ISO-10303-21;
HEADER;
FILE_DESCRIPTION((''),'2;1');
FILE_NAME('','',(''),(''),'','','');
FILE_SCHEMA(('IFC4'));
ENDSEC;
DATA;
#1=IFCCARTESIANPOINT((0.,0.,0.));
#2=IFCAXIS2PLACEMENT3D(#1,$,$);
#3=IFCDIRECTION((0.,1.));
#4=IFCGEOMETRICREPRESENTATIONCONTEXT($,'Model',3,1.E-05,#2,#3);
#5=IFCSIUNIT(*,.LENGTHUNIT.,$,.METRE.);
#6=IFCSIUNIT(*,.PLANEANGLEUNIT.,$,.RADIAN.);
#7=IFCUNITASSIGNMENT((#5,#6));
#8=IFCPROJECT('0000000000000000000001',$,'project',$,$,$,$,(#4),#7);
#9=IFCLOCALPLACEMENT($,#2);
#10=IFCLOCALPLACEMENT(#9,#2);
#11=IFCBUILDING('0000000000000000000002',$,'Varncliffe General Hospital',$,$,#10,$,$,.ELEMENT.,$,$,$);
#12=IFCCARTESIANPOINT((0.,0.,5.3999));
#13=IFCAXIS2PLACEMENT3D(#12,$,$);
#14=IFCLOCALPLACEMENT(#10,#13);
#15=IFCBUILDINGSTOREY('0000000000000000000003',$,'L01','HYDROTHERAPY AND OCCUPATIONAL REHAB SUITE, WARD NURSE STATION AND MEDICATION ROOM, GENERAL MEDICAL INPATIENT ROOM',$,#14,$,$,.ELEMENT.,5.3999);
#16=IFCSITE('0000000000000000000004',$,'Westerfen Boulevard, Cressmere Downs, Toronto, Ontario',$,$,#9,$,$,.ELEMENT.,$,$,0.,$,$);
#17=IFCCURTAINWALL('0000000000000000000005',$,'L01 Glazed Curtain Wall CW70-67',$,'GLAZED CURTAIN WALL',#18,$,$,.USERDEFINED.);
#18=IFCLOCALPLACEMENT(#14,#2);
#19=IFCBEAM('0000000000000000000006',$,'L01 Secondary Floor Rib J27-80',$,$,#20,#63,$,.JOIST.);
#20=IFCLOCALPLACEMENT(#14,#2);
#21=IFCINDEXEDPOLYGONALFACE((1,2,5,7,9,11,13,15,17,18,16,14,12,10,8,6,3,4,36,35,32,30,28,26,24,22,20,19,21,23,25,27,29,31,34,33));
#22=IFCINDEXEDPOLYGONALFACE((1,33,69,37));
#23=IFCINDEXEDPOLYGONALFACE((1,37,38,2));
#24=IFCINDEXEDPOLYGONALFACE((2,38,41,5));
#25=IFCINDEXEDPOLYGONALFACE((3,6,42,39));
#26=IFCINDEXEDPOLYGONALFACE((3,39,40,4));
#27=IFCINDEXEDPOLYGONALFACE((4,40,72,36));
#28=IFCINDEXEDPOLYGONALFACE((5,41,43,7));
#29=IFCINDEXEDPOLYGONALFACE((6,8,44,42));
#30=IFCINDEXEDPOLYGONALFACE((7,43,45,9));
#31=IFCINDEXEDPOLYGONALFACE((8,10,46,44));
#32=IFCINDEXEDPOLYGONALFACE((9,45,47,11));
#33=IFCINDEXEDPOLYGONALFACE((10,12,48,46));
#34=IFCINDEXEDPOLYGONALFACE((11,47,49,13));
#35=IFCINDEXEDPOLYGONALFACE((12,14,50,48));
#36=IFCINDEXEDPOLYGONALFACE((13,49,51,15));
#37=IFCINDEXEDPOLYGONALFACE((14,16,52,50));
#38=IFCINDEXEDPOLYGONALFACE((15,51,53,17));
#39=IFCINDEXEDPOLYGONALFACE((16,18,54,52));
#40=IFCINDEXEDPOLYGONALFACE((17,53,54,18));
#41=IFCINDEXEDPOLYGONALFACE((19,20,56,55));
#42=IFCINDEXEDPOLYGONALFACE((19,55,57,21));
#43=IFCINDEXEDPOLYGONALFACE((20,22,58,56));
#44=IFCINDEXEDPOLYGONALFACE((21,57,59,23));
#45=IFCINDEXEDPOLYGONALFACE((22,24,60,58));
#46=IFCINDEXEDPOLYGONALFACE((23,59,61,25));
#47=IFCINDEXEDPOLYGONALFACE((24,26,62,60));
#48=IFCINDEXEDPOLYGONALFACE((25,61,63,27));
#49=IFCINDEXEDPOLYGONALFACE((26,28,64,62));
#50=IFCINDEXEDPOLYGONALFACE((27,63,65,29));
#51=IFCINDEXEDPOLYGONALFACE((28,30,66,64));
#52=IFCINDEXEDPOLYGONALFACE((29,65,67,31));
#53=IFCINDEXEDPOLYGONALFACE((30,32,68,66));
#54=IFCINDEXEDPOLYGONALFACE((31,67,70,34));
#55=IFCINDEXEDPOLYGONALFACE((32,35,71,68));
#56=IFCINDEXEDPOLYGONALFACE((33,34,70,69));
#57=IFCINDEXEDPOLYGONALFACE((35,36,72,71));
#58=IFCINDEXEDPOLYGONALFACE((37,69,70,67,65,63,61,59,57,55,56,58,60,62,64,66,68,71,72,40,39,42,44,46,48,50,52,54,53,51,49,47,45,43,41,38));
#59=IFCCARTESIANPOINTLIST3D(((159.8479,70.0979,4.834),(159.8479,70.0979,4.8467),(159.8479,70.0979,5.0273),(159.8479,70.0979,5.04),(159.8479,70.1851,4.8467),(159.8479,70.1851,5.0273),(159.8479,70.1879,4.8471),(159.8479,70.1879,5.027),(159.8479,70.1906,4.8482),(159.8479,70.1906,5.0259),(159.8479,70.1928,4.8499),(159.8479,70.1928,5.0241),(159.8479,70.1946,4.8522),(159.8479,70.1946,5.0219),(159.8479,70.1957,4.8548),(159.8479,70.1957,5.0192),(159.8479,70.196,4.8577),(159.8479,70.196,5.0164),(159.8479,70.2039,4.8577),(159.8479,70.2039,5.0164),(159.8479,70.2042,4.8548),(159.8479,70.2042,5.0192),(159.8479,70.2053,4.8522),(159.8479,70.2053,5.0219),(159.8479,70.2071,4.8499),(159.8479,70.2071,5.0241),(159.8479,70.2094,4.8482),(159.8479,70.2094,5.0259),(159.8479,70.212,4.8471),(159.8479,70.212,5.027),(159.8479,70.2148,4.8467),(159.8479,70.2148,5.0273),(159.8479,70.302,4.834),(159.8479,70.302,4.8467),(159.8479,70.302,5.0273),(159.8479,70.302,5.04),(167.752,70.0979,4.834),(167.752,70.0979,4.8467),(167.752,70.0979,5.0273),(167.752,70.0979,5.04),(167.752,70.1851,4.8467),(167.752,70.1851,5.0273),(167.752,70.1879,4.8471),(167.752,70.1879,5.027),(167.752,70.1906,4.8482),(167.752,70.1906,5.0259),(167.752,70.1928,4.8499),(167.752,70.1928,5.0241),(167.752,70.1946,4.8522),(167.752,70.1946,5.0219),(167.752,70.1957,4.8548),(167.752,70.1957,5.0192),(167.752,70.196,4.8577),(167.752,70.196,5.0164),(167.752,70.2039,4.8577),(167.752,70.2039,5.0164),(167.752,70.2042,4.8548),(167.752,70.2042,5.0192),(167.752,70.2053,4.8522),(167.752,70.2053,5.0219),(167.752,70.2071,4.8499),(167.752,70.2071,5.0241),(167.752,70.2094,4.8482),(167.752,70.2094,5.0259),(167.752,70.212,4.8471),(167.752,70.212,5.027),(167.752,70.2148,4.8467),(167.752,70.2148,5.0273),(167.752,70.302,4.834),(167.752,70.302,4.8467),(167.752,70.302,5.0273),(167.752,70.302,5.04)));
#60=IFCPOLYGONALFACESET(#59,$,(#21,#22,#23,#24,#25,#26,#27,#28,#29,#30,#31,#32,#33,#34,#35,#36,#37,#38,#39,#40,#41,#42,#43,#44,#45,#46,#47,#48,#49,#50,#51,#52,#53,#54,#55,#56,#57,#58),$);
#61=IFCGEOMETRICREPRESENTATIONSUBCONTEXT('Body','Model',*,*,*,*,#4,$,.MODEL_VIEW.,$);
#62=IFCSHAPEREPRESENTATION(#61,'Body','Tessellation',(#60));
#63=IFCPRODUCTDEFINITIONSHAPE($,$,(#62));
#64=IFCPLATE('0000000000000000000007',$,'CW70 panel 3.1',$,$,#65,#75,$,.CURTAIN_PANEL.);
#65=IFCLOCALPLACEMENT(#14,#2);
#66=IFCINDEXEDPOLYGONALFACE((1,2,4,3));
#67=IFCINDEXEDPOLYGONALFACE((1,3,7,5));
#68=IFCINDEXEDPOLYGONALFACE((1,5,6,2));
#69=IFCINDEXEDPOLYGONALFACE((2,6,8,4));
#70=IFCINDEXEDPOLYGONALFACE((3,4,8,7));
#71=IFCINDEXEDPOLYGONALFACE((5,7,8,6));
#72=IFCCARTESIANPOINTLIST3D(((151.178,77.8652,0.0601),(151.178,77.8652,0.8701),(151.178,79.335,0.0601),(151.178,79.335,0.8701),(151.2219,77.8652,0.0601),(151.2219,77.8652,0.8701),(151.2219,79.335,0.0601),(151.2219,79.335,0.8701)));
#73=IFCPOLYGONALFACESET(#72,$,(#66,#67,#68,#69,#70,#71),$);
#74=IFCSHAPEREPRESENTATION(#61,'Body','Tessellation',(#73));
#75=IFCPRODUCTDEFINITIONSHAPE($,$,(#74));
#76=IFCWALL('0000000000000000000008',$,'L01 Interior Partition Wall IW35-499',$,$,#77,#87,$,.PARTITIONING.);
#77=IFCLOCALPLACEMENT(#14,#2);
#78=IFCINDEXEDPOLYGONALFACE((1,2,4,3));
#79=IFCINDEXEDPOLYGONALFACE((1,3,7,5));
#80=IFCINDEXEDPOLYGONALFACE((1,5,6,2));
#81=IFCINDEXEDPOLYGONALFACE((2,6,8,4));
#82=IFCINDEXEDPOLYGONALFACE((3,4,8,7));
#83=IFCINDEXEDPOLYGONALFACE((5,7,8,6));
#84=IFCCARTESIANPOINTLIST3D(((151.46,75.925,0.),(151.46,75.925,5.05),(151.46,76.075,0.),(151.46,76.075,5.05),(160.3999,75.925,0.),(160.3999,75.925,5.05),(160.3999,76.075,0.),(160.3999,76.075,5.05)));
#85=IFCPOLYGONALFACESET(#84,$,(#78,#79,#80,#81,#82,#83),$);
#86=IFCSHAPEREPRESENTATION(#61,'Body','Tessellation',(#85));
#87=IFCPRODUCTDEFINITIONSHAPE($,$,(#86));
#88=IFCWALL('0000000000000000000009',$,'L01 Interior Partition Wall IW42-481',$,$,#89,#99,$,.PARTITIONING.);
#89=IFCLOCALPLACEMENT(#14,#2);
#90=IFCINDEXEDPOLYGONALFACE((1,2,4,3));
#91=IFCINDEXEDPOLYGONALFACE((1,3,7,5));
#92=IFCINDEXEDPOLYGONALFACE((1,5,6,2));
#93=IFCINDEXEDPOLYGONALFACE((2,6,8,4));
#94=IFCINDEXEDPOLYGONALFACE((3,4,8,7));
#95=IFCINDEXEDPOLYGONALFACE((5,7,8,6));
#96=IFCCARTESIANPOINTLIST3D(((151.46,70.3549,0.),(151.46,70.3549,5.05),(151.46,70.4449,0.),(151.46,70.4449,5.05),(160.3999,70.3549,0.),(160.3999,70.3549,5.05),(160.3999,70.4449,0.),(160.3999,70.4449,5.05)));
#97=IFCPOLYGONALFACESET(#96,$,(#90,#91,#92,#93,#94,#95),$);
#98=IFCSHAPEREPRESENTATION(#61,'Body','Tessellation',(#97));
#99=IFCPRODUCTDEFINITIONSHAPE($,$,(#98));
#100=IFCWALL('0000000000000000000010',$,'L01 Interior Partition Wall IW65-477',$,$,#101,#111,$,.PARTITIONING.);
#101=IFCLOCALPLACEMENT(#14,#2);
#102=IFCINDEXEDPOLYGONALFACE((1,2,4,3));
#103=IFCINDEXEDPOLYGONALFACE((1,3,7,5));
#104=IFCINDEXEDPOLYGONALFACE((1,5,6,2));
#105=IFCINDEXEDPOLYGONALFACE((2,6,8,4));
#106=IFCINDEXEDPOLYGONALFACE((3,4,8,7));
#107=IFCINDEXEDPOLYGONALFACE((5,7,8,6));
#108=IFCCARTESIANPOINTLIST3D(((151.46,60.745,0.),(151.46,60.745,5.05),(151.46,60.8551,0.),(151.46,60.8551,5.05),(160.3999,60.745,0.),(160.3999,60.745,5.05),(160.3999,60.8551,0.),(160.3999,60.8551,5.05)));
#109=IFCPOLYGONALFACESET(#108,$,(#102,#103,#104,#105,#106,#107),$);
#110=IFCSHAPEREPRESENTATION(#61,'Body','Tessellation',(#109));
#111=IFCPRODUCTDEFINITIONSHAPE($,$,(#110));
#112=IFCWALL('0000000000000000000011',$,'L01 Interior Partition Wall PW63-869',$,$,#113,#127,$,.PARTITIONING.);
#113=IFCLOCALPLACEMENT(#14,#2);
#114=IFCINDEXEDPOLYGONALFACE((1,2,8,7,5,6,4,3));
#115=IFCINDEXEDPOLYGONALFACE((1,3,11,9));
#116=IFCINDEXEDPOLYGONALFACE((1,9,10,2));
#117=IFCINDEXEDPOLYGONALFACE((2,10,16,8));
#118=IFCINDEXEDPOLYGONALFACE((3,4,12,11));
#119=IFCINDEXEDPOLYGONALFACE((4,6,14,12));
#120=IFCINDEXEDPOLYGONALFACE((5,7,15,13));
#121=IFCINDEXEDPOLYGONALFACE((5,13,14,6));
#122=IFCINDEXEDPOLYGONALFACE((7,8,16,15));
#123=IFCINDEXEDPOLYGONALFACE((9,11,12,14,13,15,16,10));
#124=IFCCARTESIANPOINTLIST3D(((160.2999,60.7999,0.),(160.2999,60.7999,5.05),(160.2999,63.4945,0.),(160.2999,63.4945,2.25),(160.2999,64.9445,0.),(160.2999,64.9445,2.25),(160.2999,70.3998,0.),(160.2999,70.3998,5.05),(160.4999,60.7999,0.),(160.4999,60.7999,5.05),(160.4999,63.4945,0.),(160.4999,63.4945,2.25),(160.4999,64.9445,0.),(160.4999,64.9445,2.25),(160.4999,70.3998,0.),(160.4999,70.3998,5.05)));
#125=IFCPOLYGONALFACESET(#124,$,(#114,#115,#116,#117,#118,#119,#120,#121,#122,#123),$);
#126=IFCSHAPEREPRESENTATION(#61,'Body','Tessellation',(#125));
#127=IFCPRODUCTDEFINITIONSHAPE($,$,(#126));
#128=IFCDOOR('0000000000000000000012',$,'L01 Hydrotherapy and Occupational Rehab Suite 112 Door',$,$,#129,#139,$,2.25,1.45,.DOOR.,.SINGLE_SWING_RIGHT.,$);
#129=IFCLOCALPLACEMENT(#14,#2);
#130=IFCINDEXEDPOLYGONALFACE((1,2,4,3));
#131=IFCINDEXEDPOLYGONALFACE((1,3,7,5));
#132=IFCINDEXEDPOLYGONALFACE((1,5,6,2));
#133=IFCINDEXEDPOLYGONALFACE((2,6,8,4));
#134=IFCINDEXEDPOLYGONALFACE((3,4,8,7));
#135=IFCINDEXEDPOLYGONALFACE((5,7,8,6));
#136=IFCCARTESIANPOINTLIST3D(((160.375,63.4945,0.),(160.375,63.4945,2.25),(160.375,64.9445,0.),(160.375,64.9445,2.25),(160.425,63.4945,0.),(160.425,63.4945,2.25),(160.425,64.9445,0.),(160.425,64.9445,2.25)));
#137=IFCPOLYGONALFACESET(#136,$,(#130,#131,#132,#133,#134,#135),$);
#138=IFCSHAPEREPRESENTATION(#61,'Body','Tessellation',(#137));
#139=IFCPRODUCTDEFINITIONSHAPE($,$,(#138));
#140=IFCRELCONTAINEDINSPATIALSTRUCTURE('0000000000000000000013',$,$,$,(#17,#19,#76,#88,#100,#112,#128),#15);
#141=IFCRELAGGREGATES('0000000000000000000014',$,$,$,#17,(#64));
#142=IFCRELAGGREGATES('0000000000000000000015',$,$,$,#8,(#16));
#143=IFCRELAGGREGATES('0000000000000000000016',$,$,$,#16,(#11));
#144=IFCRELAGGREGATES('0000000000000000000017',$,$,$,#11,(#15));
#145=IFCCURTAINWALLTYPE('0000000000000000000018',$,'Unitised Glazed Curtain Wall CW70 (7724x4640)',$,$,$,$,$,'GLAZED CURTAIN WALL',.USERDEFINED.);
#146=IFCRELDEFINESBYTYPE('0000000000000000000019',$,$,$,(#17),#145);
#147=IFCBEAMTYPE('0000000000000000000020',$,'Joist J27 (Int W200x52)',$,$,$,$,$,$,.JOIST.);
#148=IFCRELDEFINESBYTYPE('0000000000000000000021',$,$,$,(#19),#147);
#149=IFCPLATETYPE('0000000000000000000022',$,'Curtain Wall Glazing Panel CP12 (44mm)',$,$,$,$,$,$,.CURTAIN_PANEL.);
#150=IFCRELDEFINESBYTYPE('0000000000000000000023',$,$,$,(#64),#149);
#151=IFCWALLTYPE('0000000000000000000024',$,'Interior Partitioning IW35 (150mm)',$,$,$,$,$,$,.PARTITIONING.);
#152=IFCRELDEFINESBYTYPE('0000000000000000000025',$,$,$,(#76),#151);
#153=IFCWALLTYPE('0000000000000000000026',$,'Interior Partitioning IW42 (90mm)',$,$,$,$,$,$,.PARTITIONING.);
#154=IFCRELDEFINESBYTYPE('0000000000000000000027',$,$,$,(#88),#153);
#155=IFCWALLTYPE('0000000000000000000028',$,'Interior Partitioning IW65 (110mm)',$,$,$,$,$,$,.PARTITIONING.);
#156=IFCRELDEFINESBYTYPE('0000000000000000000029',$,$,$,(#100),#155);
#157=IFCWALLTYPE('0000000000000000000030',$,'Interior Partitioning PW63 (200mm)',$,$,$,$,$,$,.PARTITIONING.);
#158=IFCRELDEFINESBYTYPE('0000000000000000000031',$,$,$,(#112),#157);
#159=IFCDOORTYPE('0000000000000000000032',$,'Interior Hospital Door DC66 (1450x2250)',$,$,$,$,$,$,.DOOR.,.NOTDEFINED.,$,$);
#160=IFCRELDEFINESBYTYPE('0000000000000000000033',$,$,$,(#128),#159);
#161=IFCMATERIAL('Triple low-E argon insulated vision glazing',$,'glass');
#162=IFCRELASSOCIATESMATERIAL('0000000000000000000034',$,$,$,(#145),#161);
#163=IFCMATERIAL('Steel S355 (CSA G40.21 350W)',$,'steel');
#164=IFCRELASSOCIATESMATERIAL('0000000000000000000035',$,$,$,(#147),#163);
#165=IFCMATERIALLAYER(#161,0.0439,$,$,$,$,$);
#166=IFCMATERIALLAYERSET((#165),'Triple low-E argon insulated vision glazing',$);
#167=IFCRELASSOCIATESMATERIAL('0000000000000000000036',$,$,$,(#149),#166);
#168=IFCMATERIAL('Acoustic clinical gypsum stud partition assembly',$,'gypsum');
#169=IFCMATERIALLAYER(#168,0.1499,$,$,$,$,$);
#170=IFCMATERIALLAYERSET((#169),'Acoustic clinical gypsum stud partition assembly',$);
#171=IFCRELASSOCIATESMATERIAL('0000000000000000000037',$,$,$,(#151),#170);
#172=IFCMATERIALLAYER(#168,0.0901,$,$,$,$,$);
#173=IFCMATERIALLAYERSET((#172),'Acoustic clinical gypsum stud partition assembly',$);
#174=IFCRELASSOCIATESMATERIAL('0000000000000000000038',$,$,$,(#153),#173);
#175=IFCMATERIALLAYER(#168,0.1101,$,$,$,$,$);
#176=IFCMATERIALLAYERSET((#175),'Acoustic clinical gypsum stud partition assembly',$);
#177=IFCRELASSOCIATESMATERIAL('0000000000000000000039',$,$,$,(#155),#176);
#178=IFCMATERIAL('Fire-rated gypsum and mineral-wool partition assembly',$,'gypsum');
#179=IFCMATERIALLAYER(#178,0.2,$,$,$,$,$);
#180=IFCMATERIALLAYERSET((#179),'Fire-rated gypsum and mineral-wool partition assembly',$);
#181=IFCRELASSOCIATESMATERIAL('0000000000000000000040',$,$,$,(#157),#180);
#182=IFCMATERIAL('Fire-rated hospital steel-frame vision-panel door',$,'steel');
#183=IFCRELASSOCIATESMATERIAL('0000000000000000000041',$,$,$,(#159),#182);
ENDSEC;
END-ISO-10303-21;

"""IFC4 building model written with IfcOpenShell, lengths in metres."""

from ifc_helpers import new_model, si_unit, direction, frame, frame_2d, origin, origin_2d, place, context, subcontext, project, spatial, rectangle, i_section, extrude, material, layer, layer_set, material_profile, profile_set, type_object, element, fill, aggregate, save


model = new_model("IFC4")

# Units and contexts
model_context = context("Model", 3, precision=1e-05, world=origin(), true_north=direction((0.0, 1.0)))
body_context = subcontext(model_context, "Body", "Model", "MODEL_VIEW")
ifc_project = project(units=[si_unit("LENGTHUNIT", "METRE"), si_unit("PLANEANGLEUNIT", "RADIAN")], contexts=[model_context])

# Site, building, storey
site_placement = place(None, origin())
site = spatial("IfcSite", under=ifc_project, at=site_placement, Name="Westerfen Boulevard, Cressmere Downs, Toronto, Ontario", CompositionType="ELEMENT", RefElevation=0.0)
building_placement = place(site_placement, origin())
building = spatial("IfcBuilding", under=site, at=building_placement, Name="Varncliffe General Hospital", CompositionType="ELEMENT")
storey_placement = place(building_placement, frame((0.0, 0.0, 5.3999)))
storey = spatial("IfcBuildingStorey", under=building, at=storey_placement, Name="L01", Description="HYDROTHERAPY AND OCCUPATIONAL REHAB SUITE, WARD NURSE STATION AND MEDICATION ROOM, GENERAL MEDICAL INPATIENT ROOM", CompositionType="ELEMENT", Elevation=5.3999)

# Curtain wall
ifc_material_1 = material(Name="Triple low-E argon insulated vision glazing", Category="glass")
curtain_wall_type = type_object("IfcCurtainWallType", Name="Unitised Glazed Curtain Wall CW70 (7724x4640)", ElementType="GLAZED CURTAIN WALL", PredefinedType="USERDEFINED", material=ifc_material_1)
curtain_wall_placement = place(storey_placement, origin())
curtain_wall = element("IfcCurtainWall", 1, at=curtain_wall_placement, inside=storey, type_object=curtain_wall_type, Name="L01 Glazed Curtain Wall CW70-67", ObjectType="GLAZED CURTAIN WALL", PredefinedType="USERDEFINED")

# Beam
ifc_material_2 = material(Name="Steel S355 (CSA G40.21 350W)", Category="steel")
ifc_material_profile_1 = material_profile(ifc_material_2, i_section(OverallWidth=0.2041, OverallDepth=0.2061, WebThickness=0.0078, FlangeThickness=0.0127, FilletRadius=0.011, at=origin_2d()), Name="W200x52")
ifc_profile_set_1 = profile_set([ifc_material_profile_1], Name="Steel S355 (CSA G40.21 350W)")
beam_type_1 = type_object("IfcBeamType", Name="Joist J27 (Int W200x52)", PredefinedType="JOIST", material=ifc_profile_set_1)
beam_1_placement = place(storey_placement, frame((159.8479, 70.2, 4.937), z_axis=(1.0, 0.0, 0.0), x_axis=(0.0, 1.0, 0.0)))
element("IfcBeam", 2, at=beam_1_placement, inside=storey, type_object=beam_type_1, Name="L01 Secondary Floor Rib J27-80", PredefinedType="JOIST", context=body_context, shape_type="SweptSolid", body=[
    extrude(i_section(OverallWidth=0.2041, OverallDepth=0.2061, WebThickness=0.0078, FlangeThickness=0.0127, FilletRadius=0.011, at=origin_2d()), origin(), (0.0, 0.0, 1.0), 7.9041),
])

# Plate
ifc_layer_1 = layer(ifc_material_1, 0.0439)
ifc_layer_set_1 = layer_set([ifc_layer_1], Name="Triple low-E argon insulated vision glazing")
plate_type = type_object("IfcPlateType", Name="Curtain Wall Glazing Panel CP12 (44mm)", PredefinedType="CURTAIN_PANEL", material=ifc_layer_set_1)
plate_placement = place(storey_placement, frame((151.2, 78.6001, 0.0601), z_axis=(0.0, 0.0, 1.0), x_axis=(0.0, 1.0, 0.0)))
plate = element("IfcPlate", 3, at=plate_placement, type_object=plate_type, Name="CW70 panel 3.1", PredefinedType="CURTAIN_PANEL", context=body_context, shape_type="SweptSolid", body=[
    extrude(rectangle(XDim=1.4697, YDim=0.0439, at=origin_2d()), origin(), (0.0, 0.0, 1.0), 0.8101),
])
aggregate(curtain_wall, [plate])

# Walls
ifc_material_3 = material(Name="Acoustic clinical gypsum stud partition assembly", Category="gypsum")
ifc_layer_2 = layer(ifc_material_3, 0.1499)
ifc_layer_set_2 = layer_set([ifc_layer_2], Name="Acoustic clinical gypsum stud partition assembly")
wall_type_1 = type_object("IfcWallType", Name="Interior Partitioning IW35 (150mm)", PredefinedType="PARTITIONING", material=ifc_layer_set_2)
wall_1_placement = place(storey_placement, frame((151.46, 76.0, 0.0), z_axis=(0.0, 0.0, 1.0), x_axis=(1.0, 0.0, 0.0)))
element("IfcWall", 4, at=wall_1_placement, inside=storey, type_object=wall_type_1, Name="L01 Interior Partition Wall IW35-499", PredefinedType="PARTITIONING", context=body_context, shape_type="SweptSolid", body=[
    extrude(rectangle(XDim=8.9399, YDim=0.1499, at=frame_2d((4.47, 0.0))), origin(), (0.0, 0.0, 1.0), 5.05),
])
ifc_layer_3 = layer(ifc_material_3, 0.0901)
ifc_layer_set_3 = layer_set([ifc_layer_3], Name="Acoustic clinical gypsum stud partition assembly")
wall_type_2 = type_object("IfcWallType", Name="Interior Partitioning IW42 (90mm)", PredefinedType="PARTITIONING", material=ifc_layer_set_3)
wall_2_placement = place(storey_placement, frame((151.46, 70.3999, 0.0), z_axis=(0.0, 0.0, 1.0), x_axis=(1.0, 0.0, 0.0)))
element("IfcWall", 5, at=wall_2_placement, inside=storey, type_object=wall_type_2, Name="L01 Interior Partition Wall IW42-481", PredefinedType="PARTITIONING", context=body_context, shape_type="SweptSolid", body=[
    extrude(rectangle(XDim=8.9399, YDim=0.0901, at=frame_2d((4.47, 0.0))), origin(), (0.0, 0.0, 1.0), 5.05),
])
ifc_layer_4 = layer(ifc_material_3, 0.1101)
ifc_layer_set_4 = layer_set([ifc_layer_4], Name="Acoustic clinical gypsum stud partition assembly")
wall_type_3 = type_object("IfcWallType", Name="Interior Partitioning IW65 (110mm)", PredefinedType="PARTITIONING", material=ifc_layer_set_4)
wall_3_placement = place(storey_placement, frame((151.46, 60.8, 0.0), z_axis=(0.0, 0.0, 1.0), x_axis=(1.0, 0.0, 0.0)))
element("IfcWall", 6, at=wall_3_placement, inside=storey, type_object=wall_type_3, Name="L01 Interior Partition Wall IW65-477", PredefinedType="PARTITIONING", context=body_context, shape_type="SweptSolid", body=[
    extrude(rectangle(XDim=8.9399, YDim=0.1101, at=frame_2d((4.47, 0.0))), origin(), (0.0, 0.0, 1.0), 5.05),
])

# Wall, opening, door
ifc_material_4 = material(Name="Fire-rated gypsum and mineral-wool partition assembly", Category="gypsum")
ifc_layer_5 = layer(ifc_material_4, 0.2)
ifc_layer_set_5 = layer_set([ifc_layer_5], Name="Fire-rated gypsum and mineral-wool partition assembly")
wall_type_4 = type_object("IfcWallType", Name="Interior Partitioning PW63 (200mm)", PredefinedType="PARTITIONING", material=ifc_layer_set_5)
wall_4_placement = place(storey_placement, frame((160.3999, 60.8, 0.0), z_axis=(0.0, 0.0, 1.0), x_axis=(0.0, 1.0, 0.0)))
wall_4 = element("IfcWall", 7, at=wall_4_placement, inside=storey, type_object=wall_type_4, Name="L01 Interior Partition Wall PW63-869", PredefinedType="PARTITIONING", context=body_context, shape_type="SweptSolid", body=[
    extrude(rectangle(XDim=9.5999, YDim=0.2, at=frame_2d((4.7998, 0.0))), origin(), (0.0, 0.0, 1.0), 5.05),
])
opening_placement = place(wall_4_placement, frame((2.6943, 0.0, 0.0)))
opening = element("IfcOpeningElement", 8, at=opening_placement, cuts=wall_4, PredefinedType="OPENING", context=body_context, shape_type="SweptSolid", body=[
    extrude(rectangle(XDim=1.45, YDim=2.25, at=frame_2d((0.7251, 1.125))), frame((0.0, 0.1099, 0.0), z_axis=(0.0, -1.0, 0.0), x_axis=(1.0, 0.0, 0.0)), (0.0, 0.0, 1.0), 0.22),
])
ifc_material_5 = material(Name="Fire-rated hospital steel-frame vision-panel door", Category="steel")
door_type = type_object("IfcDoorType", Name="Interior Hospital Door DC66 (1450x2250)", OperationType="NOTDEFINED", PredefinedType="DOOR", material=ifc_material_5)
door_placement = place(opening_placement, origin())
door = element("IfcDoor", 9, at=door_placement, inside=storey, type_object=door_type, Name="L01 Hydrotherapy and Occupational Rehab Suite 112 Door", OperationType="SINGLE_SWING_RIGHT", OverallHeight=2.25, OverallWidth=1.45, PredefinedType="DOOR", context=body_context, shape_type="SweptSolid", body=[
    extrude(rectangle(XDim=1.45, YDim=2.25, at=frame_2d((0.7251, 1.125))), frame((0.0, 0.0249, 0.0), z_axis=(0.0, -1.0, 0.0), x_axis=(1.0, 0.0, 0.0)), (0.0, 0.0, 1.0), 0.05),
])
fill(opening, door)

save(model, "model.ifc")
